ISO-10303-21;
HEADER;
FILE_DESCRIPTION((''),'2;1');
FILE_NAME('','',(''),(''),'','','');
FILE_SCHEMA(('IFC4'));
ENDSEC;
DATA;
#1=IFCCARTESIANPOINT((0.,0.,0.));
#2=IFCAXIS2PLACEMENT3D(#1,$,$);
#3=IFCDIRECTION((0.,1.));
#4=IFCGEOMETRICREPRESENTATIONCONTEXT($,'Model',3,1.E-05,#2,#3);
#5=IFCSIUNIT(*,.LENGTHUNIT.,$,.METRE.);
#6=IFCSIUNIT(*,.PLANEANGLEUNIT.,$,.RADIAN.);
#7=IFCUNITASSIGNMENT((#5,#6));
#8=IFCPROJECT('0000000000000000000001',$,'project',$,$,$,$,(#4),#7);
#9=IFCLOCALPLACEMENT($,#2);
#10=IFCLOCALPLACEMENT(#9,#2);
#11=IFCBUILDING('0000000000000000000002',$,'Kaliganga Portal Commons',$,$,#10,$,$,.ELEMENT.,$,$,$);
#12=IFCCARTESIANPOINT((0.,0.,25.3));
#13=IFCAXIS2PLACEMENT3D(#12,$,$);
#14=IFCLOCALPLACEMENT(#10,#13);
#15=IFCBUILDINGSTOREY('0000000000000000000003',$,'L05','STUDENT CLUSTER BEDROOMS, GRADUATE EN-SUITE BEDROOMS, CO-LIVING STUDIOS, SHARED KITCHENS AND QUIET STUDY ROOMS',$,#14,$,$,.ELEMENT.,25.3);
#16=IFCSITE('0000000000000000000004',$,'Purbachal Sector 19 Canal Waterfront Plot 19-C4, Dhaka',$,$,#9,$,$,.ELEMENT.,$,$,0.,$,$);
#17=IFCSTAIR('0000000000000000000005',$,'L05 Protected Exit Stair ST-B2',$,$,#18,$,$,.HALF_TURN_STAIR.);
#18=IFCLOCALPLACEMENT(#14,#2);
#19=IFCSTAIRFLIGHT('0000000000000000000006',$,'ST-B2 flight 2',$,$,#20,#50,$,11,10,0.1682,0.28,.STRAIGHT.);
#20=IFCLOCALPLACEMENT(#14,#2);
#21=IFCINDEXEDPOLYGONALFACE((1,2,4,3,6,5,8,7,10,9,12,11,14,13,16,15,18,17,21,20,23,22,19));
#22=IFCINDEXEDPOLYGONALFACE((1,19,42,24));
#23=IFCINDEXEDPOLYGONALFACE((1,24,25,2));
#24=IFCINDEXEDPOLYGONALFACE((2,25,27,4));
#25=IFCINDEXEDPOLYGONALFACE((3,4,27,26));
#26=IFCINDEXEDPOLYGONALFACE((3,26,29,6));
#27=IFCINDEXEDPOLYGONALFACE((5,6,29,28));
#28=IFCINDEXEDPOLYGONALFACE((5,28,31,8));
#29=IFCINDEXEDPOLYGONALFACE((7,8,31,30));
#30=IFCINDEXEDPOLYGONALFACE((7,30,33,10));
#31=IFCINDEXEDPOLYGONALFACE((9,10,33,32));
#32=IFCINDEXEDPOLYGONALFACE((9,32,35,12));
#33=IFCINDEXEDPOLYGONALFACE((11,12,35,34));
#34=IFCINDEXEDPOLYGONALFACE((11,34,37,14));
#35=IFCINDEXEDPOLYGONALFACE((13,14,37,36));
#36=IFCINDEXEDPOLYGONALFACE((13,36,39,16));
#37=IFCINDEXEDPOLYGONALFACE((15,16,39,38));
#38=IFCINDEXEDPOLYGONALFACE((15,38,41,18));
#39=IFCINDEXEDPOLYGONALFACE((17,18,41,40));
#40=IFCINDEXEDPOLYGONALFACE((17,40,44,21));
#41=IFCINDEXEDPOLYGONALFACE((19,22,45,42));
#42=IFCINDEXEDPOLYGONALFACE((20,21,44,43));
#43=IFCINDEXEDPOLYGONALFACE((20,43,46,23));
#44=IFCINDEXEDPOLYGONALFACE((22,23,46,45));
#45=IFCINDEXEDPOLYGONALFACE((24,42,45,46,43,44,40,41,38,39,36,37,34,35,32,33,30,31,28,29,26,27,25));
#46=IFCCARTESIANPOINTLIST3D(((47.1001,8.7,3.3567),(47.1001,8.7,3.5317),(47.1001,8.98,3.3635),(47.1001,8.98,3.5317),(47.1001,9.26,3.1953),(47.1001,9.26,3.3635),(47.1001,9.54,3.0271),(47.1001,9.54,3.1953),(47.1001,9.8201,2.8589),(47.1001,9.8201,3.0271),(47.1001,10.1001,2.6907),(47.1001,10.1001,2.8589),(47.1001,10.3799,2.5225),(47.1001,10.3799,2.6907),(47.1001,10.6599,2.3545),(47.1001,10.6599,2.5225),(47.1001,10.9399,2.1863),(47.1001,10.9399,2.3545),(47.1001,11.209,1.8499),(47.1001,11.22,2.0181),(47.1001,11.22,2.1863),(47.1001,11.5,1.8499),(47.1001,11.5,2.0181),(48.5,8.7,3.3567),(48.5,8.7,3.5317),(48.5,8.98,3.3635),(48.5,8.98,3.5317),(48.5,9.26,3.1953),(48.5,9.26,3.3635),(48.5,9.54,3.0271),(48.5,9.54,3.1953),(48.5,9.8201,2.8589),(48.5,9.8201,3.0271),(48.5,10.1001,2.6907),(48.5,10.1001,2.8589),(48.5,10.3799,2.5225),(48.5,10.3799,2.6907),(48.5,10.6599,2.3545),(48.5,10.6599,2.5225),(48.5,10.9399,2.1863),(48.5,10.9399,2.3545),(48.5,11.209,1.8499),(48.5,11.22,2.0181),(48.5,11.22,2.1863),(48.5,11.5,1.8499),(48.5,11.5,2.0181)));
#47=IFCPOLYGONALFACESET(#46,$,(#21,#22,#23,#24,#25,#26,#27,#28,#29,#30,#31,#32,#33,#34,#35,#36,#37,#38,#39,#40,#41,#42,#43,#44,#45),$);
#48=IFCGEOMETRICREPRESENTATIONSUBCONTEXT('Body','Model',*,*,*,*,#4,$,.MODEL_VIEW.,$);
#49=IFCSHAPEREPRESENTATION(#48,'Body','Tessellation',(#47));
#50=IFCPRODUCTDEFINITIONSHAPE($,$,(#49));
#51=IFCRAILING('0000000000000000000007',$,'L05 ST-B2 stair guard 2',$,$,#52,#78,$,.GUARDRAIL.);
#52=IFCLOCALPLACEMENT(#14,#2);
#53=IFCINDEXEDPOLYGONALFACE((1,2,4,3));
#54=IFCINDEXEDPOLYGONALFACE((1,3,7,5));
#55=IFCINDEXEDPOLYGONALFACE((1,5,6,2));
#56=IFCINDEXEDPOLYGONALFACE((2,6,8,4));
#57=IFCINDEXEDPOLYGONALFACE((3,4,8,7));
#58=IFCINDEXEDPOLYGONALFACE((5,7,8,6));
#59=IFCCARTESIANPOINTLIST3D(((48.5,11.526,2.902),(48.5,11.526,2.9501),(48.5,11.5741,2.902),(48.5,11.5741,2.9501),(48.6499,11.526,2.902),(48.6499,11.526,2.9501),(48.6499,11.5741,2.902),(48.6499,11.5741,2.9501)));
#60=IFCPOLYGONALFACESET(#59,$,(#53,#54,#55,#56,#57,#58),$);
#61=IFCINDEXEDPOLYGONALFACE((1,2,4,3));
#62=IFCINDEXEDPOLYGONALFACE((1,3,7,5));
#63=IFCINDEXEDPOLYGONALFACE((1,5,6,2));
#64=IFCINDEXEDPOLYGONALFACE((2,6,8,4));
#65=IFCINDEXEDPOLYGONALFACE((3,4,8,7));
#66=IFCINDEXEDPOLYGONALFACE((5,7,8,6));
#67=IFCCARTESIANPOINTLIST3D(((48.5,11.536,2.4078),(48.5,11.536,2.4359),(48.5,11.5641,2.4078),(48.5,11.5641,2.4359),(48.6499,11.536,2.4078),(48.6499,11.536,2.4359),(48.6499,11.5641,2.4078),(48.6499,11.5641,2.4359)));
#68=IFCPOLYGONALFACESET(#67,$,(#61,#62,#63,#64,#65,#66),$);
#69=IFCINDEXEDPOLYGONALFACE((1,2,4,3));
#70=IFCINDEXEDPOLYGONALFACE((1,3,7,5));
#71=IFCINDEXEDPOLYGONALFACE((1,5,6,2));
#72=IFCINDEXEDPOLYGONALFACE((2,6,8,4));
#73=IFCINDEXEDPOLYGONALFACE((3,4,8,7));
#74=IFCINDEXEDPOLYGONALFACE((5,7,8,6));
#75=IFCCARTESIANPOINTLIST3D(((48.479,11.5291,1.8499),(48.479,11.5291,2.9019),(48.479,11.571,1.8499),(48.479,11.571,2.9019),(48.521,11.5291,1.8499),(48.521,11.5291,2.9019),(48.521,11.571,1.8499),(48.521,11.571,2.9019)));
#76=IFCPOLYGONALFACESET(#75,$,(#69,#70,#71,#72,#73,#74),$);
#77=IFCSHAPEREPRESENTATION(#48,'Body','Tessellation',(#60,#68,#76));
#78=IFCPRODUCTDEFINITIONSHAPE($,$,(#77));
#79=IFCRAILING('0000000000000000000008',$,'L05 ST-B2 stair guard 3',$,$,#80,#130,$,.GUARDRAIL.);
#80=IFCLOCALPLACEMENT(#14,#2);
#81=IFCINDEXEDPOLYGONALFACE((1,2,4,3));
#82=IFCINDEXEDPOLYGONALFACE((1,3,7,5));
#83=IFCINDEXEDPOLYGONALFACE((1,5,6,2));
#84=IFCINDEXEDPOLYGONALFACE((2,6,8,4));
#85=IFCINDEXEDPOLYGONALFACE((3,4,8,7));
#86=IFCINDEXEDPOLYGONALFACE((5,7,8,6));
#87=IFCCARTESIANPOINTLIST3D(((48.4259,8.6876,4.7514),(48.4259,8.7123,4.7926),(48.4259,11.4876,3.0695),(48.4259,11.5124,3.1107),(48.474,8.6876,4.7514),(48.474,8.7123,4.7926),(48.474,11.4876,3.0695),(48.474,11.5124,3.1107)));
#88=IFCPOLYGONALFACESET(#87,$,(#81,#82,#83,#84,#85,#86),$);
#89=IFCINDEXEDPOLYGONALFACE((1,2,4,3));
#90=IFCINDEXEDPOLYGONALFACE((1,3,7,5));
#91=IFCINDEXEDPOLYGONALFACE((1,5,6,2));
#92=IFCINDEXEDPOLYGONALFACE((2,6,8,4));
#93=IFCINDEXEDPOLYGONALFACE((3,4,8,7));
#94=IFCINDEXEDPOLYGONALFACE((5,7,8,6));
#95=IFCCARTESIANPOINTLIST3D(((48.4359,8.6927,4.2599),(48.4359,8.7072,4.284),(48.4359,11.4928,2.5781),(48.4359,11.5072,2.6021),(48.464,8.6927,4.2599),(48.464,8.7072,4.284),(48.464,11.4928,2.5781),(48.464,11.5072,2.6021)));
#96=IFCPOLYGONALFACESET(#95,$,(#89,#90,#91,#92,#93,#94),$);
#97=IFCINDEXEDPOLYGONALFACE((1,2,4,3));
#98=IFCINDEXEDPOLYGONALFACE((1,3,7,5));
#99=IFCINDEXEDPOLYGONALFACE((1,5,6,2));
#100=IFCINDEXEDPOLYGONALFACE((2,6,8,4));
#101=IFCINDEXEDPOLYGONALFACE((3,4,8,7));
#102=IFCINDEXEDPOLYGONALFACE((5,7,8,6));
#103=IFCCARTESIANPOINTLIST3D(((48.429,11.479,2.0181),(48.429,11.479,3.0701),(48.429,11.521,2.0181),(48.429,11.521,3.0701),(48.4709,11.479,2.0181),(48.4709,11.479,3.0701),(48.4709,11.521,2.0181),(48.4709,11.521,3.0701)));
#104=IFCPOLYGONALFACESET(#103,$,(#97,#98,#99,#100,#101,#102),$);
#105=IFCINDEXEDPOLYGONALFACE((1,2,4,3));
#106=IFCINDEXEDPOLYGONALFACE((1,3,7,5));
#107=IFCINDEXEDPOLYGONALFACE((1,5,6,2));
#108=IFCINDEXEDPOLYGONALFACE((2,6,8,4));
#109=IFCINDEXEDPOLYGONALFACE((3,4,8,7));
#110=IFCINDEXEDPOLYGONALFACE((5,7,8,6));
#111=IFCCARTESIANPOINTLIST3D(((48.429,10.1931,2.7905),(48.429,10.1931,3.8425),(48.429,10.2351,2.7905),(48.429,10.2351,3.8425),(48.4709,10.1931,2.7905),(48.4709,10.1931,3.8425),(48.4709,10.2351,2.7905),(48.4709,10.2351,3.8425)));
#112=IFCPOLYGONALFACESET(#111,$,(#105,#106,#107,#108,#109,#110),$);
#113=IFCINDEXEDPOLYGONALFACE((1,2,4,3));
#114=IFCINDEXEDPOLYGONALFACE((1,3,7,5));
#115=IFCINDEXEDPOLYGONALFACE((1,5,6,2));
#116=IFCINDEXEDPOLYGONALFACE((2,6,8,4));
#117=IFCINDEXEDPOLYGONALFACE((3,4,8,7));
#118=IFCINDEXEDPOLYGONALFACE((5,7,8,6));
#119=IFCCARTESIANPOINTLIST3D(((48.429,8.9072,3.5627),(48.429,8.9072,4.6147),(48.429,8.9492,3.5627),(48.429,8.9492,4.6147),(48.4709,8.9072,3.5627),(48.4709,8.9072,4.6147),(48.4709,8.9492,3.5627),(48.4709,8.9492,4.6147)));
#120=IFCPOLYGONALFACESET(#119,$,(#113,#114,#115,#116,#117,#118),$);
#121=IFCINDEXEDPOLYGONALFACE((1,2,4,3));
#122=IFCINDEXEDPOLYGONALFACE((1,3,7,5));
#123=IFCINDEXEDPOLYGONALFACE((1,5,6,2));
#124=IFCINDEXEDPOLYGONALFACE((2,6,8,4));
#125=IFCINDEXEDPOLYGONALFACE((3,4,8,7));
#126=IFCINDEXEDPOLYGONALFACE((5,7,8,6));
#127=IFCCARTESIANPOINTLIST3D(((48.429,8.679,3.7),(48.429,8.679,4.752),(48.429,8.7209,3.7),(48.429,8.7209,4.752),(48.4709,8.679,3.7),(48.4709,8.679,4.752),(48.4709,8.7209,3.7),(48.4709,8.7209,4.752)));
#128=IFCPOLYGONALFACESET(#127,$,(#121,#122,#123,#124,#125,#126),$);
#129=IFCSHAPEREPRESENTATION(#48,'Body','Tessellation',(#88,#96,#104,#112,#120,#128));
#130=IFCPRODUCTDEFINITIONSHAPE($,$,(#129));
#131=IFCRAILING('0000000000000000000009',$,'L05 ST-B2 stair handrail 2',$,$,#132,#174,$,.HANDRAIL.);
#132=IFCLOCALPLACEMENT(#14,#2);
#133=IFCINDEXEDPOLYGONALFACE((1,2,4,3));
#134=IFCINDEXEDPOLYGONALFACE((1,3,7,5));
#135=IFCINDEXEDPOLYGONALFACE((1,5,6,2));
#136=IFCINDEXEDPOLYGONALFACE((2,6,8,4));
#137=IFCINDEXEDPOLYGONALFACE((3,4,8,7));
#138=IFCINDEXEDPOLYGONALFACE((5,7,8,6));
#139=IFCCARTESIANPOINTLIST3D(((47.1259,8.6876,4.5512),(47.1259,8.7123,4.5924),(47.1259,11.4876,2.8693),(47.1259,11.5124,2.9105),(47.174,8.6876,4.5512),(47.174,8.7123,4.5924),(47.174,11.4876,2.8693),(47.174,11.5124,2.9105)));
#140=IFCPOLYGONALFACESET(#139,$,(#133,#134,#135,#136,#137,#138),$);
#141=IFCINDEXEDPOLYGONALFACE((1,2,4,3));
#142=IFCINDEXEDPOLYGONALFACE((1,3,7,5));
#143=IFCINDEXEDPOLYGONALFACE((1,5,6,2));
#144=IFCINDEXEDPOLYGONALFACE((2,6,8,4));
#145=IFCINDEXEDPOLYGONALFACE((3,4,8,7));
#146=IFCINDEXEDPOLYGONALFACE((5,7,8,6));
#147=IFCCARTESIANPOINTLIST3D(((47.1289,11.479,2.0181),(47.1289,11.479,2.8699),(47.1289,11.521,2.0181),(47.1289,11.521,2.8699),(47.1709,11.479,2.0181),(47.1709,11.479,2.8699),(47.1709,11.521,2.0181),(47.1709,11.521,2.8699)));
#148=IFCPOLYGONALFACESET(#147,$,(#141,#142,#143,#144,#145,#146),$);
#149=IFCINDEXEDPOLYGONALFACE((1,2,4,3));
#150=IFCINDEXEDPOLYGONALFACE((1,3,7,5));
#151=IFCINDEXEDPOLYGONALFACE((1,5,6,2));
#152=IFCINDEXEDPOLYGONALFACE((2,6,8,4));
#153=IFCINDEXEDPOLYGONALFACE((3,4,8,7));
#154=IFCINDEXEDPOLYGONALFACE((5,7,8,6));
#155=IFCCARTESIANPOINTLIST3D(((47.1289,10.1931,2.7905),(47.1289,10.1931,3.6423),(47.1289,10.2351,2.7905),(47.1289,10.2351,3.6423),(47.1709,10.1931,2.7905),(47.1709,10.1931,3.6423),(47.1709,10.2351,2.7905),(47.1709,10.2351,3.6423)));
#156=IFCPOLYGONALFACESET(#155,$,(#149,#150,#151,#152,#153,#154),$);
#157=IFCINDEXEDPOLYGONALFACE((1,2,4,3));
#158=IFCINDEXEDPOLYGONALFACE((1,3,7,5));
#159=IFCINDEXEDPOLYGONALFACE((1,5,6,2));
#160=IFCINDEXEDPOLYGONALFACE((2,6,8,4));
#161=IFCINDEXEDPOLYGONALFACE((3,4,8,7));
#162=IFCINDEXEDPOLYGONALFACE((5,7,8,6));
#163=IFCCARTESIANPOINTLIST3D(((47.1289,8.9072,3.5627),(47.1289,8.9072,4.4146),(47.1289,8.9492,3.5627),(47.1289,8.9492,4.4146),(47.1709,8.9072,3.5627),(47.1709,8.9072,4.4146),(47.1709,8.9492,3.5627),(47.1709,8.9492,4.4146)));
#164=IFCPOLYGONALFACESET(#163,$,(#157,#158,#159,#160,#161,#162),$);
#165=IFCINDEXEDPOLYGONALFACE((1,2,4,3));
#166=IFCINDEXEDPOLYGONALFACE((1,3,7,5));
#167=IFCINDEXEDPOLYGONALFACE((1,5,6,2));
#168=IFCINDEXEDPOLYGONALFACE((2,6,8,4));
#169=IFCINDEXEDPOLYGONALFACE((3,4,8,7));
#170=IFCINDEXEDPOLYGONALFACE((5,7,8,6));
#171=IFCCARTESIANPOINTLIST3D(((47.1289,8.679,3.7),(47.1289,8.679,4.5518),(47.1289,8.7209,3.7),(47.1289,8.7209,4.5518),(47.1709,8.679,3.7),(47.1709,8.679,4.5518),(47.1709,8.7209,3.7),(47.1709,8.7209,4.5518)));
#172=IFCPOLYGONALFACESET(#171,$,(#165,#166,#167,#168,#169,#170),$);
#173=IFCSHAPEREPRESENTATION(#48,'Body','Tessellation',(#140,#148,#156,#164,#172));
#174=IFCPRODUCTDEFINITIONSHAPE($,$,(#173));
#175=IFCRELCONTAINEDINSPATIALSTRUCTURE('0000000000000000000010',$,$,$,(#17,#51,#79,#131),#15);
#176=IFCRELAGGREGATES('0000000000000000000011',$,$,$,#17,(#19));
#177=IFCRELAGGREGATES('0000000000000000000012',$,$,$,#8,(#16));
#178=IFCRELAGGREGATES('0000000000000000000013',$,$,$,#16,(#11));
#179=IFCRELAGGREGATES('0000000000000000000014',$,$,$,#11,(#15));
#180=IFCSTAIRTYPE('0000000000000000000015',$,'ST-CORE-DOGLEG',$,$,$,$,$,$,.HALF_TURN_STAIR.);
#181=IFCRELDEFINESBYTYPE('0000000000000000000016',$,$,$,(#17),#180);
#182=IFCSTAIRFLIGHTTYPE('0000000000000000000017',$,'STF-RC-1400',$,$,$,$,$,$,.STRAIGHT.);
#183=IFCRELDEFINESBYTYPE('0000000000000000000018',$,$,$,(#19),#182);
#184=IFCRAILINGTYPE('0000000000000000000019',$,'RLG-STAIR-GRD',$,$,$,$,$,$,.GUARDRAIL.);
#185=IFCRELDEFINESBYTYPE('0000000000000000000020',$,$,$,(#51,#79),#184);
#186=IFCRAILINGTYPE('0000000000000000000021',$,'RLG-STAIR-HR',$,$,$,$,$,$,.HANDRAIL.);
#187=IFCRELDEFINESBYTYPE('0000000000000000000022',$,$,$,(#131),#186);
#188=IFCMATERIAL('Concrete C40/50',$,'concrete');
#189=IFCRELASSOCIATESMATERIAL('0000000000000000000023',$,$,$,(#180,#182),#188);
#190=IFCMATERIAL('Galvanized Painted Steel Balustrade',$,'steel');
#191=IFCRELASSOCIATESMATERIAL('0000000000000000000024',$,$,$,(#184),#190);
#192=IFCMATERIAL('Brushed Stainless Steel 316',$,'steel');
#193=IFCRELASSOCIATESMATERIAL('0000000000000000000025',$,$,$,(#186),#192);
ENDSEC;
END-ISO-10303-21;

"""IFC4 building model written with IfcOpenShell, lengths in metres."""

from ifc_helpers import new_model, si_unit, direction, frame, origin, origin_2d, place, context, subcontext, project, spatial, polyline, rectangle, outline, extrude, material, type_object, element, aggregate, save


model = new_model("IFC4")

# Units and contexts
model_context = context("Model", 3, precision=1e-05, world=origin(), true_north=direction((0.0, 1.0)))
body_context = subcontext(model_context, "Body", "Model", "MODEL_VIEW")
ifc_project = project(units=[si_unit("LENGTHUNIT", "METRE"), si_unit("PLANEANGLEUNIT", "RADIAN")], contexts=[model_context])

# Site, building, storey
site_placement = place(None, origin())
site = spatial("IfcSite", under=ifc_project, at=site_placement, Name="Purbachal Sector 19 Canal Waterfront Plot 19-C4, Dhaka", CompositionType="ELEMENT", RefElevation=0.0)
building_placement = place(site_placement, origin())
building = spatial("IfcBuilding", under=site, at=building_placement, Name="Kaliganga Portal Commons", CompositionType="ELEMENT")
storey_placement = place(building_placement, frame((0.0, 0.0, 25.3)))
storey = spatial("IfcBuildingStorey", under=building, at=storey_placement, Name="L05", Description="STUDENT CLUSTER BEDROOMS, GRADUATE EN-SUITE BEDROOMS, CO-LIVING STUDIOS, SHARED KITCHENS AND QUIET STUDY ROOMS", CompositionType="ELEMENT", Elevation=25.3)

# Stair, stair flight
ifc_material_1 = material(Name="Concrete C40/50", Category="concrete")
stair_type = type_object("IfcStairType", Name="ST-CORE-DOGLEG", PredefinedType="HALF_TURN_STAIR", material=ifc_material_1)
stair_placement = place(storey_placement, origin())
stair = element("IfcStair", 1, at=stair_placement, inside=storey, type_object=stair_type, Name="L05 Protected Exit Stair ST-B2", PredefinedType="HALF_TURN_STAIR")
stair_flight_type = type_object("IfcStairFlightType", Name="STF-RC-1400", PredefinedType="STRAIGHT", material=ifc_material_1)
stair_flight_placement = place(storey_placement, frame((47.8, 11.5, 1.8499), z_axis=(0.0, 0.0, 1.0), x_axis=(0.0, -1.0, 0.0)))
stair_flight = element("IfcStairFlight", 2, at=stair_flight_placement, type_object=stair_flight_type, Name="ST-B2 flight 2", NumberOfRisers=11, NumberOfTreads=10, PredefinedType="STRAIGHT", RiserHeight=0.1682, TreadLength=0.28, context=body_context, shape_type="SweptSolid", body=[
    extrude(outline(polyline([(0.0, 0.0), (0.0, 0.1682), (0.28, 0.1682), (0.28, 0.3364), (0.5601, 0.3364), (0.5601, 0.5046), (0.8401, 0.5046), (0.8401, 0.6726), (1.1201, 0.6726), (1.1201, 0.8408), (1.3999, 0.8408), (1.3999, 1.009), (1.6799, 1.009), (1.6799, 1.1772), (1.96, 1.1772), (1.96, 1.3455), (2.24, 1.3455), (2.24, 1.5137), (2.52, 1.5137), (2.52, 1.6819), (2.8, 1.6819), (2.8, 1.8501), (2.8, 1.5068), (0.291, 0.0), (0.0, 0.0)])), frame((0.0, 0.7, 0.0), z_axis=(0.0, -1.0, 0.0), x_axis=(1.0, 0.0, 0.0)), (0.0, 0.0, 1.0), 1.3999),
])
aggregate(stair, [stair_flight])

# Railings
ifc_material_2 = material(Name="Galvanized Painted Steel Balustrade", Category="steel")
railing_type_1 = type_object("IfcRailingType", Name="RLG-STAIR-GRD", PredefinedType="GUARDRAIL", material=ifc_material_2)
railing_1_placement = place(storey_placement, frame((48.6499, 11.55, 1.8499)))
element("IfcRailing", 3, at=railing_1_placement, inside=storey, type_object=railing_type_1, Name="L05 ST-B2 stair guard 2", PredefinedType="GUARDRAIL", context=body_context, shape_type="SweptSolid", body=[
    extrude(rectangle(XDim=0.0481, YDim=0.0481, at=origin_2d()), frame((0.0, 0.0, 1.0762), z_axis=(-1.0, 0.0, 0.0), x_axis=(0.0, -1.0, 0.0)), (0.0, 0.0, 1.0), 0.1499),
    extrude(rectangle(XDim=0.0281, YDim=0.0281, at=origin_2d()), frame((0.0, 0.0, 0.572), z_axis=(-1.0, 0.0, 0.0), x_axis=(0.0, -1.0, 0.0)), (0.0, 0.0, 1.0), 0.1499),
    extrude(rectangle(XDim=0.042, YDim=0.042, at=origin_2d()), frame((-0.1499, 0.0, 0.0)), (0.0, 0.0, 1.0), 1.052),
])
railing_2_placement = place(storey_placement, frame((48.45, 11.5, 2.0181)))
element("IfcRailing", 4, at=railing_2_placement, inside=storey, type_object=railing_type_1, Name="L05 ST-B2 stair guard 3", PredefinedType="GUARDRAIL", context=body_context, shape_type="SweptSolid", body=[
    extrude(rectangle(XDim=0.0481, YDim=0.0481, at=origin_2d()), frame((0.0, 0.0, 1.072), z_axis=(0.0, -0.857242, 0.514913), x_axis=(1.0, 0.0, 0.0)), (0.0, 0.0, 1.0), 3.2664),
    extrude(rectangle(XDim=0.0281, YDim=0.0281, at=origin_2d()), frame((0.0, 0.0, 0.572), z_axis=(0.0, -0.857242, 0.514913), x_axis=(1.0, 0.0, 0.0)), (0.0, 0.0, 1.0), 3.2664),
    extrude(rectangle(XDim=0.042, YDim=0.042, at=origin_2d()), origin(), (0.0, 0.0, 1.0), 1.052),
    extrude(rectangle(XDim=0.042, YDim=0.042, at=origin_2d()), frame((0.0, -1.2859, 0.7725)), (0.0, 0.0, 1.0), 1.052),
    extrude(rectangle(XDim=0.042, YDim=0.042, at=origin_2d()), frame((0.0, -2.5718, 1.5447)), (0.0, 0.0, 1.0), 1.052),
    extrude(rectangle(XDim=0.042, YDim=0.042, at=origin_2d()), frame((0.0, -2.8, 1.6819)), (0.0, 0.0, 1.0), 1.052),
])
ifc_material_3 = material(Name="Brushed Stainless Steel 316", Category="steel")
railing_type_2 = type_object("IfcRailingType", Name="RLG-STAIR-HR", PredefinedType="HANDRAIL", material=ifc_material_3)
railing_3_placement = place(storey_placement, frame((47.1499, 11.5, 2.0181)))
element("IfcRailing", 5, at=railing_3_placement, inside=storey, type_object=railing_type_2, Name="L05 ST-B2 stair handrail 2", PredefinedType="HANDRAIL", context=body_context, shape_type="SweptSolid", body=[
    extrude(rectangle(XDim=0.0481, YDim=0.0481, at=origin_2d()), frame((0.0, 0.0, 0.8718), z_axis=(0.0, -0.857242, 0.514913), x_axis=(1.0, 0.0, 0.0)), (0.0, 0.0, 1.0), 3.2664),
    extrude(rectangle(XDim=0.042, YDim=0.042, at=origin_2d()), origin(), (0.0, 0.0, 1.0), 0.8518),
    extrude(rectangle(XDim=0.042, YDim=0.042, at=origin_2d()), frame((0.0, -1.2859, 0.7725)), (0.0, 0.0, 1.0), 0.8518),
    extrude(rectangle(XDim=0.042, YDim=0.042, at=origin_2d()), frame((0.0, -2.5718, 1.5447)), (0.0, 0.0, 1.0), 0.8518),
    extrude(rectangle(XDim=0.042, YDim=0.042, at=origin_2d()), frame((0.0, -2.8, 1.6819)), (0.0, 0.0, 1.0), 0.8518),
])

save(model, "model.ifc")
